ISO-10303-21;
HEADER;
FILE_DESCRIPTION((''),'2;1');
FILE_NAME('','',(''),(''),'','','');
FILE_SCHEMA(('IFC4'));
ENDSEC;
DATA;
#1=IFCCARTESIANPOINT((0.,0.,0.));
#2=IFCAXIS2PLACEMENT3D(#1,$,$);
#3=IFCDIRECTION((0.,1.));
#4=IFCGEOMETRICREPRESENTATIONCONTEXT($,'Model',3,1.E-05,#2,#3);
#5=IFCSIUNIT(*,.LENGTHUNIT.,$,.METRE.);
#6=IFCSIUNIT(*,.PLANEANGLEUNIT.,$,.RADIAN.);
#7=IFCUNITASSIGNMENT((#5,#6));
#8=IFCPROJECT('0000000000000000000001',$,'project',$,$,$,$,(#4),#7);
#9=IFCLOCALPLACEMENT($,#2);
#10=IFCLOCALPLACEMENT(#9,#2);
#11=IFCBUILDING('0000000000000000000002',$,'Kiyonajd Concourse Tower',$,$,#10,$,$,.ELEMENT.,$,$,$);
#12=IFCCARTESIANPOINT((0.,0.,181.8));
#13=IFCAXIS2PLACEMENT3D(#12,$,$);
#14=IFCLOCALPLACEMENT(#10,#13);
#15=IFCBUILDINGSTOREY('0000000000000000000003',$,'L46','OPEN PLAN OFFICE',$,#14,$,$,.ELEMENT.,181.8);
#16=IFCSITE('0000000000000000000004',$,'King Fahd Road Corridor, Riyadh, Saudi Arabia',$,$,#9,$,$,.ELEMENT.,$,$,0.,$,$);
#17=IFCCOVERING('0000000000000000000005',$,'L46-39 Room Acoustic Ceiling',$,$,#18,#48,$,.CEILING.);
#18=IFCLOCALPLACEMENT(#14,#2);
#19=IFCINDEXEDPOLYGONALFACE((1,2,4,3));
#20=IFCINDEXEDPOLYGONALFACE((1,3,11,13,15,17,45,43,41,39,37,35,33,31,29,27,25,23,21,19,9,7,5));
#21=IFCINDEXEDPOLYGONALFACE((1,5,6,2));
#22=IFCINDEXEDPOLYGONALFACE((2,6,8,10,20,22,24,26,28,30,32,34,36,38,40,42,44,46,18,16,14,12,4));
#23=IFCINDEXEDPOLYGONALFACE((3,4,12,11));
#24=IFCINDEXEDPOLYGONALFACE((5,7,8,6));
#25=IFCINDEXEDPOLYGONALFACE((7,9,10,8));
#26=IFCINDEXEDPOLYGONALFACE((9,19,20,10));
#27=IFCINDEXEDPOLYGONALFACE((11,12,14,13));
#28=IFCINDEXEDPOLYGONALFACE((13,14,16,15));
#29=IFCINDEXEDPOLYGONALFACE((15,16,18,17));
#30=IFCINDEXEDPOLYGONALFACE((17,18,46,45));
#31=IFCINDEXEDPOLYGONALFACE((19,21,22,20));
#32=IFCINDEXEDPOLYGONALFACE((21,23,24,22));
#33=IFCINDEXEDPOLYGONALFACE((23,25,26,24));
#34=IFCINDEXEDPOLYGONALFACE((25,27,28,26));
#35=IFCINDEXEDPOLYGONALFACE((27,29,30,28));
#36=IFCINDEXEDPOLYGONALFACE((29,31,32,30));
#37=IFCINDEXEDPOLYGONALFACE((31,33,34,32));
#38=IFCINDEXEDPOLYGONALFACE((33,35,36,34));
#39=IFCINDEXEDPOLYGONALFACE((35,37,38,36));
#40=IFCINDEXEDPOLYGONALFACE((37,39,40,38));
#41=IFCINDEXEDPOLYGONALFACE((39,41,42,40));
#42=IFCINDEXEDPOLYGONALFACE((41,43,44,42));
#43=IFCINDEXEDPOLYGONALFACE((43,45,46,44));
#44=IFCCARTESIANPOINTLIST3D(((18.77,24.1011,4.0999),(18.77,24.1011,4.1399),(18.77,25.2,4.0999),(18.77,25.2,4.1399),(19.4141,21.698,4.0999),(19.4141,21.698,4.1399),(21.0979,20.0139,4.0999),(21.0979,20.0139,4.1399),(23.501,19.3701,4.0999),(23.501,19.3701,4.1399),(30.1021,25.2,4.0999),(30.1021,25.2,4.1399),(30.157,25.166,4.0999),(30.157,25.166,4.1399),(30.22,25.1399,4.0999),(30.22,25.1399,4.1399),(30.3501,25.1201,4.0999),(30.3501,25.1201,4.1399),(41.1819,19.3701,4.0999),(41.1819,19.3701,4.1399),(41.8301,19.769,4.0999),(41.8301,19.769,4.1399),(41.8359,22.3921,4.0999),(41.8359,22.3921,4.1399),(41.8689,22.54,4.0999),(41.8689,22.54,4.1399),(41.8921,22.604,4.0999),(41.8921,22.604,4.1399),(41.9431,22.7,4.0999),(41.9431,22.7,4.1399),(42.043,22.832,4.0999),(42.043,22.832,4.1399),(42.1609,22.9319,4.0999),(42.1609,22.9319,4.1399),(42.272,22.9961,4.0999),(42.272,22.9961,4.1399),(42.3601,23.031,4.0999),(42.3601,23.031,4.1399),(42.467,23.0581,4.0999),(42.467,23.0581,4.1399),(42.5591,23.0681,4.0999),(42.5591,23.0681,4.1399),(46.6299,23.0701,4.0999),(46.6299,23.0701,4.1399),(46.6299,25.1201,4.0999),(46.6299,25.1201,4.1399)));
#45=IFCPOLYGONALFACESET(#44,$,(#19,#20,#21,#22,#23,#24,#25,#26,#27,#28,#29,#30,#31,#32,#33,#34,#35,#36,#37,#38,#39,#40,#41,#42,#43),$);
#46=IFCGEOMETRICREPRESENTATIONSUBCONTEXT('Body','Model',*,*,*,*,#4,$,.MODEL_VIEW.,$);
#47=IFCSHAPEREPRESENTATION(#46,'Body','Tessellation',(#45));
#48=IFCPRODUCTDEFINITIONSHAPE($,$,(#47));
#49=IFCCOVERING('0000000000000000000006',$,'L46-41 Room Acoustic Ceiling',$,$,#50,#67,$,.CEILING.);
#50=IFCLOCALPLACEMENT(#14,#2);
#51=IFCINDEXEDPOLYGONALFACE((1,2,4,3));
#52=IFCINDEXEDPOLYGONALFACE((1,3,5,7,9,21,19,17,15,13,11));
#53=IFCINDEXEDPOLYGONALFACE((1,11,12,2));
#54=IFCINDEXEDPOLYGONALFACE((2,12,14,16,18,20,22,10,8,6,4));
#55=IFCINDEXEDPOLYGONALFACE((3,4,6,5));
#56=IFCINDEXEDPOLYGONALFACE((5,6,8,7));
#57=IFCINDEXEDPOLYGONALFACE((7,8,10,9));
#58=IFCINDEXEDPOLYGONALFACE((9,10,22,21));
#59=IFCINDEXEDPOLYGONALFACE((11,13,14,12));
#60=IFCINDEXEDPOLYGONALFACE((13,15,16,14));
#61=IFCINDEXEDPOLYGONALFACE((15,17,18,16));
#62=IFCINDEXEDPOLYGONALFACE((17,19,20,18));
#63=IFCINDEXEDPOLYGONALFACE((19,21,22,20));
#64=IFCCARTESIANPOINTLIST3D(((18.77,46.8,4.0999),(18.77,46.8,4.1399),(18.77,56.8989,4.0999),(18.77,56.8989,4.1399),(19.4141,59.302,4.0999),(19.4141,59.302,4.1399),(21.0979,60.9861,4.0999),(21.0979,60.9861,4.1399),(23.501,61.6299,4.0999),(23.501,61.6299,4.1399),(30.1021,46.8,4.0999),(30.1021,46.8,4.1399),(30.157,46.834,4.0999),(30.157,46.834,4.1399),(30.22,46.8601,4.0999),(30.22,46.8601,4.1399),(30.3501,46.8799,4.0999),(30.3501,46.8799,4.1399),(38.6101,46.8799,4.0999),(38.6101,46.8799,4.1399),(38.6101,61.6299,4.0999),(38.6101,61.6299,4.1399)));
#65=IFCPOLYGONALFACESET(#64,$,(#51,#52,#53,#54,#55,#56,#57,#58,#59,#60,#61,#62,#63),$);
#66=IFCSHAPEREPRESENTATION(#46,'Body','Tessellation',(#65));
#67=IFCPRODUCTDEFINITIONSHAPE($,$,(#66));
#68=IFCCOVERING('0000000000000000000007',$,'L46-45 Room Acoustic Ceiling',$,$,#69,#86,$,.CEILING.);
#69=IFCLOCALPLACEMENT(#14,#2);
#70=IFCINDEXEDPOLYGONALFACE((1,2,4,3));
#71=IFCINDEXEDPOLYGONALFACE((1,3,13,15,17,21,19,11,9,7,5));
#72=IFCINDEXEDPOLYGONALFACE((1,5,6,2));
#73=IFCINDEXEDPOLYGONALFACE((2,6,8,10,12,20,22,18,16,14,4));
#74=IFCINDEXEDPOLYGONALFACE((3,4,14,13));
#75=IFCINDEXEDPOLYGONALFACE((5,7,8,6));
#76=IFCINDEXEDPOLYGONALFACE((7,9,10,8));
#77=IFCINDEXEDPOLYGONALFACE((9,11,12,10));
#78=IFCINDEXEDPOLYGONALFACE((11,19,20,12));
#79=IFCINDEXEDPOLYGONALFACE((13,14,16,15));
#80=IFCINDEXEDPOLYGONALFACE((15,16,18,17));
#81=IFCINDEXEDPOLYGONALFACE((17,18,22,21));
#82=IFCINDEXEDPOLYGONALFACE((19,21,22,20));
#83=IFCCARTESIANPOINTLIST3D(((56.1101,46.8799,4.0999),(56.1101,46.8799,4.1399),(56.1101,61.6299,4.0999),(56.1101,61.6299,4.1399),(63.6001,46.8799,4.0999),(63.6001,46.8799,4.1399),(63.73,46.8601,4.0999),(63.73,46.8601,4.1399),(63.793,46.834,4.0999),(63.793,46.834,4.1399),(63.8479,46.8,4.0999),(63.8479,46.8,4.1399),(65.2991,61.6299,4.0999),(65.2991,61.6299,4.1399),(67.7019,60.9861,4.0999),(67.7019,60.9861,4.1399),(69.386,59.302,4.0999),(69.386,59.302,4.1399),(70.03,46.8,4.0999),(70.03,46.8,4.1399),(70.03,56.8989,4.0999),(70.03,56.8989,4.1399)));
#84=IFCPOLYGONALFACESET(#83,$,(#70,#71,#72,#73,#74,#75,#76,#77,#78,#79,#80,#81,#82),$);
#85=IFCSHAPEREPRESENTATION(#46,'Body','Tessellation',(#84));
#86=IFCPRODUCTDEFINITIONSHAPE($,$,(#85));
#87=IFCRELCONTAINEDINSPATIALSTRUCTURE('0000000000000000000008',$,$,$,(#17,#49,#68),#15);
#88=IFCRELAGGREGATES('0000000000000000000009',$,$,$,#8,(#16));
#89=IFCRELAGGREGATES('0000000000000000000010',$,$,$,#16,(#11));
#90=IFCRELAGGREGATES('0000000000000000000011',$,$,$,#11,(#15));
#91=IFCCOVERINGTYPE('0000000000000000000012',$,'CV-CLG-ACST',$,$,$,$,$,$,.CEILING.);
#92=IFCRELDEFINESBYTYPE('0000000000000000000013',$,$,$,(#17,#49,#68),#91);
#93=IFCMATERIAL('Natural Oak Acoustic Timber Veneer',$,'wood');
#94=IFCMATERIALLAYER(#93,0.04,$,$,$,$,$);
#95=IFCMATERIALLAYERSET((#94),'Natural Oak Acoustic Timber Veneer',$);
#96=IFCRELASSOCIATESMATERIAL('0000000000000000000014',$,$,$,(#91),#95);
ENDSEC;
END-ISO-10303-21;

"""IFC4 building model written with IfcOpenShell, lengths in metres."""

from ifc_helpers import new_model, si_unit, direction, frame, origin, place, context, subcontext, project, spatial, polyline, outline, extrude, material, layer, layer_set, type_object, element, save


model = new_model("IFC4")

# Units and contexts
model_context = context("Model", 3, precision=1e-05, world=origin(), true_north=direction((0.0, 1.0)))
body_context = subcontext(model_context, "Body", "Model", "MODEL_VIEW")
ifc_project = project(units=[si_unit("LENGTHUNIT", "METRE"), si_unit("PLANEANGLEUNIT", "RADIAN")], contexts=[model_context])

# Site, building, storey
site_placement = place(None, origin())
site = spatial("IfcSite", under=ifc_project, at=site_placement, Name="King Fahd Road Corridor, Riyadh, Saudi Arabia", CompositionType="ELEMENT", RefElevation=0.0)
building_placement = place(site_placement, origin())
building = spatial("IfcBuilding", under=site, at=building_placement, Name="Kiyonajd Concourse Tower", CompositionType="ELEMENT")
storey_placement = place(building_placement, frame((0.0, 0.0, 181.8)))
storey = spatial("IfcBuildingStorey", under=building, at=storey_placement, Name="L46", Description="OPEN PLAN OFFICE", CompositionType="ELEMENT", Elevation=181.8)

# Coverings
ifc_material_1 = material(Name="Natural Oak Acoustic Timber Veneer", Category="wood")
ifc_layer_1 = layer(ifc_material_1, 0.04)
ifc_layer_set_1 = layer_set([ifc_layer_1], Name="Natural Oak Acoustic Timber Veneer")
covering_type = type_object("IfcCoveringType", Name="CV-CLG-ACST", PredefinedType="CEILING", material=ifc_layer_set_1)
covering_1_placement = place(storey_placement, frame((0.0, 0.0, 4.0999)))
element("IfcCovering", 1, at=covering_1_placement, inside=storey, type_object=covering_type, Name="L46-39 Room Acoustic Ceiling", PredefinedType="CEILING", context=body_context, shape_type="SweptSolid", body=[
    extrude(outline(polyline([(30.1021, 25.2), (30.157, 25.166), (30.22, 25.1399), (30.3501, 25.1201), (46.6299, 25.1201), (46.6299, 23.0701), (42.5591, 23.0681), (42.467, 23.0581), (42.3601, 23.031), (42.272, 22.9961), (42.1609, 22.9319), (42.043, 22.832), (41.9431, 22.7), (41.8921, 22.604), (41.8689, 22.54), (41.8359, 22.3921), (41.8301, 19.769), (41.1819, 19.3701), (23.501, 19.3701), (21.0979, 20.0139), (19.4141, 21.698), (18.77, 24.1011), (18.77, 25.2), (30.1021, 25.2)])), origin(), (0.0, 0.0, 1.0), 0.04),
])
covering_2_placement = place(storey_placement, frame((0.0, 0.0, 4.0999)))
element("IfcCovering", 2, at=covering_2_placement, inside=storey, type_object=covering_type, Name="L46-41 Room Acoustic Ceiling", PredefinedType="CEILING", context=body_context, shape_type="SweptSolid", body=[
    extrude(outline(polyline([(21.0979, 60.9861), (23.501, 61.6299), (38.6101, 61.6299), (38.6101, 46.8799), (30.3501, 46.8799), (30.22, 46.8601), (30.157, 46.834), (30.1021, 46.8), (18.77, 46.8), (18.77, 56.8989), (19.4141, 59.302), (21.0979, 60.9861)])), origin(), (0.0, 0.0, 1.0), 0.04),
])
covering_3_placement = place(storey_placement, frame((0.0, 0.0, 4.0999)))
element("IfcCovering", 3, at=covering_3_placement, inside=storey, type_object=covering_type, Name="L46-45 Room Acoustic Ceiling", PredefinedType="CEILING", context=body_context, shape_type="SweptSolid", body=[
    extrude(outline(polyline([(63.8479, 46.8), (63.793, 46.834), (63.73, 46.8601), (63.6001, 46.8799), (56.1101, 46.8799), (56.1101, 61.6299), (65.2991, 61.6299), (67.7019, 60.9861), (69.386, 59.302), (70.03, 56.8989), (70.03, 46.8), (63.8479, 46.8)])), origin(), (0.0, 0.0, 1.0), 0.04),
])

save(model, "model.ifc")
